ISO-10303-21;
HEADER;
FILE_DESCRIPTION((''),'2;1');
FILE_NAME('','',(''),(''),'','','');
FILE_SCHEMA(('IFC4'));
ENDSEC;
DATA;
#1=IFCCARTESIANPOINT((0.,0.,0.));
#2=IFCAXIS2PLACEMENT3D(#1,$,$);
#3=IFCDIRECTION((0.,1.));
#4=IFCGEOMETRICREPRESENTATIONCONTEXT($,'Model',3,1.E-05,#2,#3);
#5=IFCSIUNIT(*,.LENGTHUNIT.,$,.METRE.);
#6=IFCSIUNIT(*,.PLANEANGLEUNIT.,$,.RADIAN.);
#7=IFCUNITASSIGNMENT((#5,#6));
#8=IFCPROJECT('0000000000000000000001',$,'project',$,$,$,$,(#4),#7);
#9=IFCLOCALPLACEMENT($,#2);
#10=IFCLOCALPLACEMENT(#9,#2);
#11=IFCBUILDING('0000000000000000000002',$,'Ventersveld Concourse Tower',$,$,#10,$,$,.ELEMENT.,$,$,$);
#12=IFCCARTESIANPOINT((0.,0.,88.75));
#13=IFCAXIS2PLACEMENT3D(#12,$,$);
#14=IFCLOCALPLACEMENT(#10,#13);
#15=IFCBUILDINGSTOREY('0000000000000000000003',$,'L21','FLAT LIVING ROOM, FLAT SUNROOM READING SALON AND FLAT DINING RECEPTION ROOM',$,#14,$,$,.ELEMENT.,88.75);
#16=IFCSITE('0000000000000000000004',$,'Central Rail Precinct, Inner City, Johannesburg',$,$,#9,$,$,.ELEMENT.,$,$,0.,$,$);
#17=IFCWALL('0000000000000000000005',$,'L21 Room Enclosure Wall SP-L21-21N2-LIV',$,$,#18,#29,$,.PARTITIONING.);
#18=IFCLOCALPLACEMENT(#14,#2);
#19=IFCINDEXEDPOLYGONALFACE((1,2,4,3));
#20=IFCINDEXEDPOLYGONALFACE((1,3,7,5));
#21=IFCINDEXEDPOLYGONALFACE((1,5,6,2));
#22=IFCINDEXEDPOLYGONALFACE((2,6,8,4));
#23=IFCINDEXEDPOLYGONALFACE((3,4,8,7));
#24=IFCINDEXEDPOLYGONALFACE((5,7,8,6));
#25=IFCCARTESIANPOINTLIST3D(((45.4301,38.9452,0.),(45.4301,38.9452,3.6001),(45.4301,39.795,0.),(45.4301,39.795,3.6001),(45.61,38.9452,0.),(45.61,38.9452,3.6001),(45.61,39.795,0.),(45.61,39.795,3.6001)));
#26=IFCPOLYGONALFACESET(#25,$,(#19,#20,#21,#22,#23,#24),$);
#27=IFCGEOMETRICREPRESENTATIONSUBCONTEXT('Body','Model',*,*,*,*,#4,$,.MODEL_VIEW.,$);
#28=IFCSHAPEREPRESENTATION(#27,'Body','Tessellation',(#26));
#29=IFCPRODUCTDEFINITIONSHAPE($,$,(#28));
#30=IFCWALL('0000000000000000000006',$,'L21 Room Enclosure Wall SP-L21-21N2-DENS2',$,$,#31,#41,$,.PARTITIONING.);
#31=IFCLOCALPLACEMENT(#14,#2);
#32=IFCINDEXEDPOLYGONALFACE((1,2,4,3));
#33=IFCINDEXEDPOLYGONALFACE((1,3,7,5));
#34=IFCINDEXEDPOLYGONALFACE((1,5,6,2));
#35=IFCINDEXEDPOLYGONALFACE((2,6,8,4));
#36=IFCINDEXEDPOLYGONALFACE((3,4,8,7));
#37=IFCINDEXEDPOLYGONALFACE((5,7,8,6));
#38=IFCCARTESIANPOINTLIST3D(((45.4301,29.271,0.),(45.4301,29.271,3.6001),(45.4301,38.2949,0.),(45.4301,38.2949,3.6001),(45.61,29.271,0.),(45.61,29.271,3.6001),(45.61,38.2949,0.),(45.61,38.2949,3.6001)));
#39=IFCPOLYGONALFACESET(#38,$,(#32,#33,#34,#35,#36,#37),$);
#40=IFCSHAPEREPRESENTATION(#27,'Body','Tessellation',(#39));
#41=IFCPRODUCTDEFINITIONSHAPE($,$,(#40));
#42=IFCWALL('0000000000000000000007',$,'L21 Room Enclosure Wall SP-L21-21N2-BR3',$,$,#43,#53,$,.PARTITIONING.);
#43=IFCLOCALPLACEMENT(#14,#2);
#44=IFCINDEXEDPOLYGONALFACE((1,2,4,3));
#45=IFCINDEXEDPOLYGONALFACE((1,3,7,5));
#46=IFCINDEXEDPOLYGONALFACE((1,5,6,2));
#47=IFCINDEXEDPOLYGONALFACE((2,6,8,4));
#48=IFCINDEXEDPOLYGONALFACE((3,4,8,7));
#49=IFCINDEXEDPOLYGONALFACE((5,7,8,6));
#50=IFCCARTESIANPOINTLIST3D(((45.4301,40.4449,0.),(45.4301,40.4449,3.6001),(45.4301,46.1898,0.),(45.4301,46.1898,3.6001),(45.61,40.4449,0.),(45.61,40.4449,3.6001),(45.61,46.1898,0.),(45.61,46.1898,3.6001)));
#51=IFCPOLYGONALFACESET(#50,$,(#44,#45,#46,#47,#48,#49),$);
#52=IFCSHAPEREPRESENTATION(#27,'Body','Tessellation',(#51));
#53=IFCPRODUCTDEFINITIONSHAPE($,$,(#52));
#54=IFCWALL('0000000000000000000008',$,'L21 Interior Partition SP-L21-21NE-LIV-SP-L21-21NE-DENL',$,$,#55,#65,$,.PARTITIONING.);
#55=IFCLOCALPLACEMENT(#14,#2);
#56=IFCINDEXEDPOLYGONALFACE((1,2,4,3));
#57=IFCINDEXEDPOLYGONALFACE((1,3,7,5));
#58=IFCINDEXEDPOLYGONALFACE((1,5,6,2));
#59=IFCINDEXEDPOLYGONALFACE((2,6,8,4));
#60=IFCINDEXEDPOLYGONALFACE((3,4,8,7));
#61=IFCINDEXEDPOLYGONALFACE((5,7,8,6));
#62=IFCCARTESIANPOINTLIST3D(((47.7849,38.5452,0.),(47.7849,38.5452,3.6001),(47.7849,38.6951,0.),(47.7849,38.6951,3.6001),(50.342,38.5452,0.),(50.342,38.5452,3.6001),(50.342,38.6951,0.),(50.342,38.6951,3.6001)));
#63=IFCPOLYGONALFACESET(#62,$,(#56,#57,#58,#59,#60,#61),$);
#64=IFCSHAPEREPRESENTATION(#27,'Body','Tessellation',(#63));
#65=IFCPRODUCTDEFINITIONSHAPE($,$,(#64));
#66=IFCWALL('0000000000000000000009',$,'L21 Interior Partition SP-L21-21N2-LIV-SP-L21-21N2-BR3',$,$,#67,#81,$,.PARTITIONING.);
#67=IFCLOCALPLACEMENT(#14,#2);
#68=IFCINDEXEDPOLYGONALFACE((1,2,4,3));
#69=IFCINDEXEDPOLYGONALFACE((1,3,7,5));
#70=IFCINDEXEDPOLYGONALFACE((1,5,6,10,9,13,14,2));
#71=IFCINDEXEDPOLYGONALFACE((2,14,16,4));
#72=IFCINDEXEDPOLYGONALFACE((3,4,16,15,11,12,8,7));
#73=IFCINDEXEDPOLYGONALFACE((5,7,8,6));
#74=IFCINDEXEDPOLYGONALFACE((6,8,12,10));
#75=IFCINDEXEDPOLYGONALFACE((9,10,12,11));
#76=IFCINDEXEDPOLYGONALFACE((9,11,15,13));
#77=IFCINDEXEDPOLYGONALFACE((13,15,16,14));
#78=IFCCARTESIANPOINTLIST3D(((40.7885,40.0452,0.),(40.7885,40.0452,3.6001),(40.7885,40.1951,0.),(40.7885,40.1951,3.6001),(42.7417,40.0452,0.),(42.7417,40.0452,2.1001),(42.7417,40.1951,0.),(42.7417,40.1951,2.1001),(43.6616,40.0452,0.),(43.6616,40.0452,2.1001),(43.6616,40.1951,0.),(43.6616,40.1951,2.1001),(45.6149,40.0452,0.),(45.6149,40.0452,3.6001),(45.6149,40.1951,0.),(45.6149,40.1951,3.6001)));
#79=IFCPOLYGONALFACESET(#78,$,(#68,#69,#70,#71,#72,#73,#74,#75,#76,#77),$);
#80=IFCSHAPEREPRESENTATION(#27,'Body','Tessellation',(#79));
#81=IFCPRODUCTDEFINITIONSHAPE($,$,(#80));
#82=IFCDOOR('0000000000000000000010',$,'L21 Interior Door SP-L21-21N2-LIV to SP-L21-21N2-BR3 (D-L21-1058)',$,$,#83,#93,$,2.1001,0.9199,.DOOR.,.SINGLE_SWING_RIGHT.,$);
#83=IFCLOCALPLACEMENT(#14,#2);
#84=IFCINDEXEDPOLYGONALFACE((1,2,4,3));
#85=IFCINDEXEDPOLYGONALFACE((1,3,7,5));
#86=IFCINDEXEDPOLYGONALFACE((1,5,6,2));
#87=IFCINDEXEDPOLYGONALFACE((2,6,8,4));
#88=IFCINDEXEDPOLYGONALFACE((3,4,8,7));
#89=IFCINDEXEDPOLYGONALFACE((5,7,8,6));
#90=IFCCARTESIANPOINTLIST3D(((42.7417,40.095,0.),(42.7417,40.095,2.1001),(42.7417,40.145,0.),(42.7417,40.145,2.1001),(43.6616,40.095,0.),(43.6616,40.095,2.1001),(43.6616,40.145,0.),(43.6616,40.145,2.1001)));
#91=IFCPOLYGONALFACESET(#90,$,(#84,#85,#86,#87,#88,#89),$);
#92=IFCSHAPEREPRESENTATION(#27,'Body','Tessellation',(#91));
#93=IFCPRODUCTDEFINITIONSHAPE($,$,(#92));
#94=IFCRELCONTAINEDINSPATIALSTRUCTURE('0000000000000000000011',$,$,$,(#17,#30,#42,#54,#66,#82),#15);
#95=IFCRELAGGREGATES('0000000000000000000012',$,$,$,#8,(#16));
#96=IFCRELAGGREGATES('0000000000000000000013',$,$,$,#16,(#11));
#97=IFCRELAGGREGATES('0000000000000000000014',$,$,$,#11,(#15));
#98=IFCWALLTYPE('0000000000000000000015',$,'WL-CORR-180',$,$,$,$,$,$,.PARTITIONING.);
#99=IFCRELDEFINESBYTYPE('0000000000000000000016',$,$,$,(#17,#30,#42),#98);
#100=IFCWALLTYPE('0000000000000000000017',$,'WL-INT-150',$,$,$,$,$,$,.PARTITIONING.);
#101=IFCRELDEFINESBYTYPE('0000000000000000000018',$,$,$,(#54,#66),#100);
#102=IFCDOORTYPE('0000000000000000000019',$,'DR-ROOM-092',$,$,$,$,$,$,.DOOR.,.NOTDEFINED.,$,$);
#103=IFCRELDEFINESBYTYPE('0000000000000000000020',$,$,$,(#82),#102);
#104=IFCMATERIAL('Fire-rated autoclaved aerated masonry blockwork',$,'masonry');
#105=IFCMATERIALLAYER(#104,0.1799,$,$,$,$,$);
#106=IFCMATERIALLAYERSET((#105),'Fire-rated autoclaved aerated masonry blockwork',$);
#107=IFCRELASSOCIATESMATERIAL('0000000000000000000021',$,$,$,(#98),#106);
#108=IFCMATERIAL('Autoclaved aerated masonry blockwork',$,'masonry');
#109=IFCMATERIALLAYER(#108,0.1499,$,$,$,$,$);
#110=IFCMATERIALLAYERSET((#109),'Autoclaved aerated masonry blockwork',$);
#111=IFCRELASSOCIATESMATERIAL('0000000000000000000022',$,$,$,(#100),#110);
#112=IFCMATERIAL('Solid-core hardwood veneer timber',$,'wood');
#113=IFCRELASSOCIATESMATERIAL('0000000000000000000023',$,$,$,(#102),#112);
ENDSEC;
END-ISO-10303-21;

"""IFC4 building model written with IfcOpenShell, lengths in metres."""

from ifc_helpers import new_model, si_unit, direction, frame, frame_2d, origin, place, context, subcontext, project, spatial, rectangle, extrude, material, layer, layer_set, type_object, element, fill, save


model = new_model("IFC4")

# Units and contexts
model_context = context("Model", 3, precision=1e-05, world=origin(), true_north=direction((0.0, 1.0)))
body_context = subcontext(model_context, "Body", "Model", "MODEL_VIEW")
ifc_project = project(units=[si_unit("LENGTHUNIT", "METRE"), si_unit("PLANEANGLEUNIT", "RADIAN")], contexts=[model_context])

# Site, building, storey
site_placement = place(None, origin())
site = spatial("IfcSite", under=ifc_project, at=site_placement, Name="Central Rail Precinct, Inner City, Johannesburg", CompositionType="ELEMENT", RefElevation=0.0)
building_placement = place(site_placement, origin())
building = spatial("IfcBuilding", under=site, at=building_placement, Name="Ventersveld Concourse Tower", CompositionType="ELEMENT")
storey_placement = place(building_placement, frame((0.0, 0.0, 88.75)))
storey = spatial("IfcBuildingStorey", under=building, at=storey_placement, Name="L21", Description="FLAT LIVING ROOM, FLAT SUNROOM READING SALON AND FLAT DINING RECEPTION ROOM", CompositionType="ELEMENT", Elevation=88.75)

# Walls
ifc_material_1 = material(Name="Fire-rated autoclaved aerated masonry blockwork", Category="masonry")
ifc_layer_1 = layer(ifc_material_1, 0.1799)
ifc_layer_set_1 = layer_set([ifc_layer_1], Name="Fire-rated autoclaved aerated masonry blockwork")
wall_type_1 = type_object("IfcWallType", Name="WL-CORR-180", PredefinedType="PARTITIONING", material=ifc_layer_set_1)
wall_1_placement = place(storey_placement, frame((45.52, 39.7949, 0.0), z_axis=(0.0, 0.0, 1.0), x_axis=(0.0, -1.0, 0.0)))
element("IfcWall", 1, at=wall_1_placement, inside=storey, type_object=wall_type_1, Name="L21 Room Enclosure Wall SP-L21-21N2-LIV", PredefinedType="PARTITIONING", context=body_context, shape_type="SweptSolid", body=[
    extrude(rectangle(XDim=0.8499, YDim=0.1799, at=frame_2d((0.4248, 0.0))), origin(), (0.0, 0.0, 1.0), 3.6001),
])
wall_2_placement = place(storey_placement, frame((45.52, 38.2949, 0.0), z_axis=(0.0, 0.0, 1.0), x_axis=(0.0, -1.0, 0.0)))
element("IfcWall", 2, at=wall_2_placement, inside=storey, type_object=wall_type_1, Name="L21 Room Enclosure Wall SP-L21-21N2-DENS2", PredefinedType="PARTITIONING", context=body_context, shape_type="SweptSolid", body=[
    extrude(rectangle(XDim=9.0239, YDim=0.1799, at=frame_2d((4.512, 0.0))), origin(), (0.0, 0.0, 1.0), 3.6001),
])
wall_3_placement = place(storey_placement, frame((45.52, 46.1899, 0.0), z_axis=(0.0, 0.0, 1.0), x_axis=(0.0, -1.0, 0.0)))
element("IfcWall", 3, at=wall_3_placement, inside=storey, type_object=wall_type_1, Name="L21 Room Enclosure Wall SP-L21-21N2-BR3", PredefinedType="PARTITIONING", context=body_context, shape_type="SweptSolid", body=[
    extrude(rectangle(XDim=5.7449, YDim=0.1799, at=frame_2d((2.8726, 0.0))), origin(), (0.0, 0.0, 1.0), 3.6001),
])
ifc_material_2 = material(Name="Autoclaved aerated masonry blockwork", Category="masonry")
ifc_layer_2 = layer(ifc_material_2, 0.1499)
ifc_layer_set_2 = layer_set([ifc_layer_2], Name="Autoclaved aerated masonry blockwork")
wall_type_2 = type_object("IfcWallType", Name="WL-INT-150", PredefinedType="PARTITIONING", material=ifc_layer_set_2)
wall_4_placement = place(storey_placement, frame((47.7849, 38.6201, 0.0), z_axis=(0.0, 0.0, 1.0), x_axis=(1.0, 0.0, 0.0)))
element("IfcWall", 4, at=wall_4_placement, inside=storey, type_object=wall_type_2, Name="L21 Interior Partition SP-L21-21NE-LIV-SP-L21-21NE-DENL", PredefinedType="PARTITIONING", context=body_context, shape_type="SweptSolid", body=[
    extrude(rectangle(XDim=2.5571, YDim=0.1499, at=frame_2d((1.2786, 0.0))), origin(), (0.0, 0.0, 1.0), 3.6001),
])

# Wall, opening, door
wall_5_placement = place(storey_placement, frame((40.7886, 40.1201, 0.0), z_axis=(0.0, 0.0, 1.0), x_axis=(1.0, 0.0, 0.0)))
wall_5 = element("IfcWall", 5, at=wall_5_placement, inside=storey, type_object=wall_type_2, Name="L21 Interior Partition SP-L21-21N2-LIV-SP-L21-21N2-BR3", PredefinedType="PARTITIONING", context=body_context, shape_type="SweptSolid", body=[
    extrude(rectangle(XDim=4.8264, YDim=0.1499, at=frame_2d((2.4131, 0.0))), origin(), (0.0, 0.0, 1.0), 3.6001),
])
opening_placement = place(wall_5_placement, frame((1.9531, 0.0, 0.0)))
opening = element("IfcOpeningElement", 6, at=opening_placement, cuts=wall_5, PredefinedType="OPENING", context=body_context, shape_type="SweptSolid", body=[
    extrude(rectangle(XDim=0.9199, YDim=2.1001, at=frame_2d((0.46, 1.05))), frame((0.0, 0.085, 0.0), z_axis=(0.0, -1.0, 0.0), x_axis=(1.0, 0.0, 0.0)), (0.0, 0.0, 1.0), 0.1699),
])
ifc_material_3 = material(Name="Solid-core hardwood veneer timber", Category="wood")
door_type = type_object("IfcDoorType", Name="DR-ROOM-092", OperationType="NOTDEFINED", PredefinedType="DOOR", material=ifc_material_3)
door_placement = place(opening_placement, origin())
door = element("IfcDoor", 7, at=door_placement, inside=storey, type_object=door_type, Name="L21 Interior Door SP-L21-21N2-LIV to SP-L21-21N2-BR3 (D-L21-1058)", OperationType="SINGLE_SWING_RIGHT", OverallHeight=2.1001, OverallWidth=0.9199, PredefinedType="DOOR", context=body_context, shape_type="SweptSolid", body=[
    extrude(rectangle(XDim=0.9199, YDim=2.1001, at=frame_2d((0.46, 1.05))), frame((0.0, 0.0249, 0.0), z_axis=(0.0, -1.0, 0.0), x_axis=(1.0, 0.0, 0.0)), (0.0, 0.0, 1.0), 0.05),
])
fill(opening, door)

save(model, "model.ifc")
